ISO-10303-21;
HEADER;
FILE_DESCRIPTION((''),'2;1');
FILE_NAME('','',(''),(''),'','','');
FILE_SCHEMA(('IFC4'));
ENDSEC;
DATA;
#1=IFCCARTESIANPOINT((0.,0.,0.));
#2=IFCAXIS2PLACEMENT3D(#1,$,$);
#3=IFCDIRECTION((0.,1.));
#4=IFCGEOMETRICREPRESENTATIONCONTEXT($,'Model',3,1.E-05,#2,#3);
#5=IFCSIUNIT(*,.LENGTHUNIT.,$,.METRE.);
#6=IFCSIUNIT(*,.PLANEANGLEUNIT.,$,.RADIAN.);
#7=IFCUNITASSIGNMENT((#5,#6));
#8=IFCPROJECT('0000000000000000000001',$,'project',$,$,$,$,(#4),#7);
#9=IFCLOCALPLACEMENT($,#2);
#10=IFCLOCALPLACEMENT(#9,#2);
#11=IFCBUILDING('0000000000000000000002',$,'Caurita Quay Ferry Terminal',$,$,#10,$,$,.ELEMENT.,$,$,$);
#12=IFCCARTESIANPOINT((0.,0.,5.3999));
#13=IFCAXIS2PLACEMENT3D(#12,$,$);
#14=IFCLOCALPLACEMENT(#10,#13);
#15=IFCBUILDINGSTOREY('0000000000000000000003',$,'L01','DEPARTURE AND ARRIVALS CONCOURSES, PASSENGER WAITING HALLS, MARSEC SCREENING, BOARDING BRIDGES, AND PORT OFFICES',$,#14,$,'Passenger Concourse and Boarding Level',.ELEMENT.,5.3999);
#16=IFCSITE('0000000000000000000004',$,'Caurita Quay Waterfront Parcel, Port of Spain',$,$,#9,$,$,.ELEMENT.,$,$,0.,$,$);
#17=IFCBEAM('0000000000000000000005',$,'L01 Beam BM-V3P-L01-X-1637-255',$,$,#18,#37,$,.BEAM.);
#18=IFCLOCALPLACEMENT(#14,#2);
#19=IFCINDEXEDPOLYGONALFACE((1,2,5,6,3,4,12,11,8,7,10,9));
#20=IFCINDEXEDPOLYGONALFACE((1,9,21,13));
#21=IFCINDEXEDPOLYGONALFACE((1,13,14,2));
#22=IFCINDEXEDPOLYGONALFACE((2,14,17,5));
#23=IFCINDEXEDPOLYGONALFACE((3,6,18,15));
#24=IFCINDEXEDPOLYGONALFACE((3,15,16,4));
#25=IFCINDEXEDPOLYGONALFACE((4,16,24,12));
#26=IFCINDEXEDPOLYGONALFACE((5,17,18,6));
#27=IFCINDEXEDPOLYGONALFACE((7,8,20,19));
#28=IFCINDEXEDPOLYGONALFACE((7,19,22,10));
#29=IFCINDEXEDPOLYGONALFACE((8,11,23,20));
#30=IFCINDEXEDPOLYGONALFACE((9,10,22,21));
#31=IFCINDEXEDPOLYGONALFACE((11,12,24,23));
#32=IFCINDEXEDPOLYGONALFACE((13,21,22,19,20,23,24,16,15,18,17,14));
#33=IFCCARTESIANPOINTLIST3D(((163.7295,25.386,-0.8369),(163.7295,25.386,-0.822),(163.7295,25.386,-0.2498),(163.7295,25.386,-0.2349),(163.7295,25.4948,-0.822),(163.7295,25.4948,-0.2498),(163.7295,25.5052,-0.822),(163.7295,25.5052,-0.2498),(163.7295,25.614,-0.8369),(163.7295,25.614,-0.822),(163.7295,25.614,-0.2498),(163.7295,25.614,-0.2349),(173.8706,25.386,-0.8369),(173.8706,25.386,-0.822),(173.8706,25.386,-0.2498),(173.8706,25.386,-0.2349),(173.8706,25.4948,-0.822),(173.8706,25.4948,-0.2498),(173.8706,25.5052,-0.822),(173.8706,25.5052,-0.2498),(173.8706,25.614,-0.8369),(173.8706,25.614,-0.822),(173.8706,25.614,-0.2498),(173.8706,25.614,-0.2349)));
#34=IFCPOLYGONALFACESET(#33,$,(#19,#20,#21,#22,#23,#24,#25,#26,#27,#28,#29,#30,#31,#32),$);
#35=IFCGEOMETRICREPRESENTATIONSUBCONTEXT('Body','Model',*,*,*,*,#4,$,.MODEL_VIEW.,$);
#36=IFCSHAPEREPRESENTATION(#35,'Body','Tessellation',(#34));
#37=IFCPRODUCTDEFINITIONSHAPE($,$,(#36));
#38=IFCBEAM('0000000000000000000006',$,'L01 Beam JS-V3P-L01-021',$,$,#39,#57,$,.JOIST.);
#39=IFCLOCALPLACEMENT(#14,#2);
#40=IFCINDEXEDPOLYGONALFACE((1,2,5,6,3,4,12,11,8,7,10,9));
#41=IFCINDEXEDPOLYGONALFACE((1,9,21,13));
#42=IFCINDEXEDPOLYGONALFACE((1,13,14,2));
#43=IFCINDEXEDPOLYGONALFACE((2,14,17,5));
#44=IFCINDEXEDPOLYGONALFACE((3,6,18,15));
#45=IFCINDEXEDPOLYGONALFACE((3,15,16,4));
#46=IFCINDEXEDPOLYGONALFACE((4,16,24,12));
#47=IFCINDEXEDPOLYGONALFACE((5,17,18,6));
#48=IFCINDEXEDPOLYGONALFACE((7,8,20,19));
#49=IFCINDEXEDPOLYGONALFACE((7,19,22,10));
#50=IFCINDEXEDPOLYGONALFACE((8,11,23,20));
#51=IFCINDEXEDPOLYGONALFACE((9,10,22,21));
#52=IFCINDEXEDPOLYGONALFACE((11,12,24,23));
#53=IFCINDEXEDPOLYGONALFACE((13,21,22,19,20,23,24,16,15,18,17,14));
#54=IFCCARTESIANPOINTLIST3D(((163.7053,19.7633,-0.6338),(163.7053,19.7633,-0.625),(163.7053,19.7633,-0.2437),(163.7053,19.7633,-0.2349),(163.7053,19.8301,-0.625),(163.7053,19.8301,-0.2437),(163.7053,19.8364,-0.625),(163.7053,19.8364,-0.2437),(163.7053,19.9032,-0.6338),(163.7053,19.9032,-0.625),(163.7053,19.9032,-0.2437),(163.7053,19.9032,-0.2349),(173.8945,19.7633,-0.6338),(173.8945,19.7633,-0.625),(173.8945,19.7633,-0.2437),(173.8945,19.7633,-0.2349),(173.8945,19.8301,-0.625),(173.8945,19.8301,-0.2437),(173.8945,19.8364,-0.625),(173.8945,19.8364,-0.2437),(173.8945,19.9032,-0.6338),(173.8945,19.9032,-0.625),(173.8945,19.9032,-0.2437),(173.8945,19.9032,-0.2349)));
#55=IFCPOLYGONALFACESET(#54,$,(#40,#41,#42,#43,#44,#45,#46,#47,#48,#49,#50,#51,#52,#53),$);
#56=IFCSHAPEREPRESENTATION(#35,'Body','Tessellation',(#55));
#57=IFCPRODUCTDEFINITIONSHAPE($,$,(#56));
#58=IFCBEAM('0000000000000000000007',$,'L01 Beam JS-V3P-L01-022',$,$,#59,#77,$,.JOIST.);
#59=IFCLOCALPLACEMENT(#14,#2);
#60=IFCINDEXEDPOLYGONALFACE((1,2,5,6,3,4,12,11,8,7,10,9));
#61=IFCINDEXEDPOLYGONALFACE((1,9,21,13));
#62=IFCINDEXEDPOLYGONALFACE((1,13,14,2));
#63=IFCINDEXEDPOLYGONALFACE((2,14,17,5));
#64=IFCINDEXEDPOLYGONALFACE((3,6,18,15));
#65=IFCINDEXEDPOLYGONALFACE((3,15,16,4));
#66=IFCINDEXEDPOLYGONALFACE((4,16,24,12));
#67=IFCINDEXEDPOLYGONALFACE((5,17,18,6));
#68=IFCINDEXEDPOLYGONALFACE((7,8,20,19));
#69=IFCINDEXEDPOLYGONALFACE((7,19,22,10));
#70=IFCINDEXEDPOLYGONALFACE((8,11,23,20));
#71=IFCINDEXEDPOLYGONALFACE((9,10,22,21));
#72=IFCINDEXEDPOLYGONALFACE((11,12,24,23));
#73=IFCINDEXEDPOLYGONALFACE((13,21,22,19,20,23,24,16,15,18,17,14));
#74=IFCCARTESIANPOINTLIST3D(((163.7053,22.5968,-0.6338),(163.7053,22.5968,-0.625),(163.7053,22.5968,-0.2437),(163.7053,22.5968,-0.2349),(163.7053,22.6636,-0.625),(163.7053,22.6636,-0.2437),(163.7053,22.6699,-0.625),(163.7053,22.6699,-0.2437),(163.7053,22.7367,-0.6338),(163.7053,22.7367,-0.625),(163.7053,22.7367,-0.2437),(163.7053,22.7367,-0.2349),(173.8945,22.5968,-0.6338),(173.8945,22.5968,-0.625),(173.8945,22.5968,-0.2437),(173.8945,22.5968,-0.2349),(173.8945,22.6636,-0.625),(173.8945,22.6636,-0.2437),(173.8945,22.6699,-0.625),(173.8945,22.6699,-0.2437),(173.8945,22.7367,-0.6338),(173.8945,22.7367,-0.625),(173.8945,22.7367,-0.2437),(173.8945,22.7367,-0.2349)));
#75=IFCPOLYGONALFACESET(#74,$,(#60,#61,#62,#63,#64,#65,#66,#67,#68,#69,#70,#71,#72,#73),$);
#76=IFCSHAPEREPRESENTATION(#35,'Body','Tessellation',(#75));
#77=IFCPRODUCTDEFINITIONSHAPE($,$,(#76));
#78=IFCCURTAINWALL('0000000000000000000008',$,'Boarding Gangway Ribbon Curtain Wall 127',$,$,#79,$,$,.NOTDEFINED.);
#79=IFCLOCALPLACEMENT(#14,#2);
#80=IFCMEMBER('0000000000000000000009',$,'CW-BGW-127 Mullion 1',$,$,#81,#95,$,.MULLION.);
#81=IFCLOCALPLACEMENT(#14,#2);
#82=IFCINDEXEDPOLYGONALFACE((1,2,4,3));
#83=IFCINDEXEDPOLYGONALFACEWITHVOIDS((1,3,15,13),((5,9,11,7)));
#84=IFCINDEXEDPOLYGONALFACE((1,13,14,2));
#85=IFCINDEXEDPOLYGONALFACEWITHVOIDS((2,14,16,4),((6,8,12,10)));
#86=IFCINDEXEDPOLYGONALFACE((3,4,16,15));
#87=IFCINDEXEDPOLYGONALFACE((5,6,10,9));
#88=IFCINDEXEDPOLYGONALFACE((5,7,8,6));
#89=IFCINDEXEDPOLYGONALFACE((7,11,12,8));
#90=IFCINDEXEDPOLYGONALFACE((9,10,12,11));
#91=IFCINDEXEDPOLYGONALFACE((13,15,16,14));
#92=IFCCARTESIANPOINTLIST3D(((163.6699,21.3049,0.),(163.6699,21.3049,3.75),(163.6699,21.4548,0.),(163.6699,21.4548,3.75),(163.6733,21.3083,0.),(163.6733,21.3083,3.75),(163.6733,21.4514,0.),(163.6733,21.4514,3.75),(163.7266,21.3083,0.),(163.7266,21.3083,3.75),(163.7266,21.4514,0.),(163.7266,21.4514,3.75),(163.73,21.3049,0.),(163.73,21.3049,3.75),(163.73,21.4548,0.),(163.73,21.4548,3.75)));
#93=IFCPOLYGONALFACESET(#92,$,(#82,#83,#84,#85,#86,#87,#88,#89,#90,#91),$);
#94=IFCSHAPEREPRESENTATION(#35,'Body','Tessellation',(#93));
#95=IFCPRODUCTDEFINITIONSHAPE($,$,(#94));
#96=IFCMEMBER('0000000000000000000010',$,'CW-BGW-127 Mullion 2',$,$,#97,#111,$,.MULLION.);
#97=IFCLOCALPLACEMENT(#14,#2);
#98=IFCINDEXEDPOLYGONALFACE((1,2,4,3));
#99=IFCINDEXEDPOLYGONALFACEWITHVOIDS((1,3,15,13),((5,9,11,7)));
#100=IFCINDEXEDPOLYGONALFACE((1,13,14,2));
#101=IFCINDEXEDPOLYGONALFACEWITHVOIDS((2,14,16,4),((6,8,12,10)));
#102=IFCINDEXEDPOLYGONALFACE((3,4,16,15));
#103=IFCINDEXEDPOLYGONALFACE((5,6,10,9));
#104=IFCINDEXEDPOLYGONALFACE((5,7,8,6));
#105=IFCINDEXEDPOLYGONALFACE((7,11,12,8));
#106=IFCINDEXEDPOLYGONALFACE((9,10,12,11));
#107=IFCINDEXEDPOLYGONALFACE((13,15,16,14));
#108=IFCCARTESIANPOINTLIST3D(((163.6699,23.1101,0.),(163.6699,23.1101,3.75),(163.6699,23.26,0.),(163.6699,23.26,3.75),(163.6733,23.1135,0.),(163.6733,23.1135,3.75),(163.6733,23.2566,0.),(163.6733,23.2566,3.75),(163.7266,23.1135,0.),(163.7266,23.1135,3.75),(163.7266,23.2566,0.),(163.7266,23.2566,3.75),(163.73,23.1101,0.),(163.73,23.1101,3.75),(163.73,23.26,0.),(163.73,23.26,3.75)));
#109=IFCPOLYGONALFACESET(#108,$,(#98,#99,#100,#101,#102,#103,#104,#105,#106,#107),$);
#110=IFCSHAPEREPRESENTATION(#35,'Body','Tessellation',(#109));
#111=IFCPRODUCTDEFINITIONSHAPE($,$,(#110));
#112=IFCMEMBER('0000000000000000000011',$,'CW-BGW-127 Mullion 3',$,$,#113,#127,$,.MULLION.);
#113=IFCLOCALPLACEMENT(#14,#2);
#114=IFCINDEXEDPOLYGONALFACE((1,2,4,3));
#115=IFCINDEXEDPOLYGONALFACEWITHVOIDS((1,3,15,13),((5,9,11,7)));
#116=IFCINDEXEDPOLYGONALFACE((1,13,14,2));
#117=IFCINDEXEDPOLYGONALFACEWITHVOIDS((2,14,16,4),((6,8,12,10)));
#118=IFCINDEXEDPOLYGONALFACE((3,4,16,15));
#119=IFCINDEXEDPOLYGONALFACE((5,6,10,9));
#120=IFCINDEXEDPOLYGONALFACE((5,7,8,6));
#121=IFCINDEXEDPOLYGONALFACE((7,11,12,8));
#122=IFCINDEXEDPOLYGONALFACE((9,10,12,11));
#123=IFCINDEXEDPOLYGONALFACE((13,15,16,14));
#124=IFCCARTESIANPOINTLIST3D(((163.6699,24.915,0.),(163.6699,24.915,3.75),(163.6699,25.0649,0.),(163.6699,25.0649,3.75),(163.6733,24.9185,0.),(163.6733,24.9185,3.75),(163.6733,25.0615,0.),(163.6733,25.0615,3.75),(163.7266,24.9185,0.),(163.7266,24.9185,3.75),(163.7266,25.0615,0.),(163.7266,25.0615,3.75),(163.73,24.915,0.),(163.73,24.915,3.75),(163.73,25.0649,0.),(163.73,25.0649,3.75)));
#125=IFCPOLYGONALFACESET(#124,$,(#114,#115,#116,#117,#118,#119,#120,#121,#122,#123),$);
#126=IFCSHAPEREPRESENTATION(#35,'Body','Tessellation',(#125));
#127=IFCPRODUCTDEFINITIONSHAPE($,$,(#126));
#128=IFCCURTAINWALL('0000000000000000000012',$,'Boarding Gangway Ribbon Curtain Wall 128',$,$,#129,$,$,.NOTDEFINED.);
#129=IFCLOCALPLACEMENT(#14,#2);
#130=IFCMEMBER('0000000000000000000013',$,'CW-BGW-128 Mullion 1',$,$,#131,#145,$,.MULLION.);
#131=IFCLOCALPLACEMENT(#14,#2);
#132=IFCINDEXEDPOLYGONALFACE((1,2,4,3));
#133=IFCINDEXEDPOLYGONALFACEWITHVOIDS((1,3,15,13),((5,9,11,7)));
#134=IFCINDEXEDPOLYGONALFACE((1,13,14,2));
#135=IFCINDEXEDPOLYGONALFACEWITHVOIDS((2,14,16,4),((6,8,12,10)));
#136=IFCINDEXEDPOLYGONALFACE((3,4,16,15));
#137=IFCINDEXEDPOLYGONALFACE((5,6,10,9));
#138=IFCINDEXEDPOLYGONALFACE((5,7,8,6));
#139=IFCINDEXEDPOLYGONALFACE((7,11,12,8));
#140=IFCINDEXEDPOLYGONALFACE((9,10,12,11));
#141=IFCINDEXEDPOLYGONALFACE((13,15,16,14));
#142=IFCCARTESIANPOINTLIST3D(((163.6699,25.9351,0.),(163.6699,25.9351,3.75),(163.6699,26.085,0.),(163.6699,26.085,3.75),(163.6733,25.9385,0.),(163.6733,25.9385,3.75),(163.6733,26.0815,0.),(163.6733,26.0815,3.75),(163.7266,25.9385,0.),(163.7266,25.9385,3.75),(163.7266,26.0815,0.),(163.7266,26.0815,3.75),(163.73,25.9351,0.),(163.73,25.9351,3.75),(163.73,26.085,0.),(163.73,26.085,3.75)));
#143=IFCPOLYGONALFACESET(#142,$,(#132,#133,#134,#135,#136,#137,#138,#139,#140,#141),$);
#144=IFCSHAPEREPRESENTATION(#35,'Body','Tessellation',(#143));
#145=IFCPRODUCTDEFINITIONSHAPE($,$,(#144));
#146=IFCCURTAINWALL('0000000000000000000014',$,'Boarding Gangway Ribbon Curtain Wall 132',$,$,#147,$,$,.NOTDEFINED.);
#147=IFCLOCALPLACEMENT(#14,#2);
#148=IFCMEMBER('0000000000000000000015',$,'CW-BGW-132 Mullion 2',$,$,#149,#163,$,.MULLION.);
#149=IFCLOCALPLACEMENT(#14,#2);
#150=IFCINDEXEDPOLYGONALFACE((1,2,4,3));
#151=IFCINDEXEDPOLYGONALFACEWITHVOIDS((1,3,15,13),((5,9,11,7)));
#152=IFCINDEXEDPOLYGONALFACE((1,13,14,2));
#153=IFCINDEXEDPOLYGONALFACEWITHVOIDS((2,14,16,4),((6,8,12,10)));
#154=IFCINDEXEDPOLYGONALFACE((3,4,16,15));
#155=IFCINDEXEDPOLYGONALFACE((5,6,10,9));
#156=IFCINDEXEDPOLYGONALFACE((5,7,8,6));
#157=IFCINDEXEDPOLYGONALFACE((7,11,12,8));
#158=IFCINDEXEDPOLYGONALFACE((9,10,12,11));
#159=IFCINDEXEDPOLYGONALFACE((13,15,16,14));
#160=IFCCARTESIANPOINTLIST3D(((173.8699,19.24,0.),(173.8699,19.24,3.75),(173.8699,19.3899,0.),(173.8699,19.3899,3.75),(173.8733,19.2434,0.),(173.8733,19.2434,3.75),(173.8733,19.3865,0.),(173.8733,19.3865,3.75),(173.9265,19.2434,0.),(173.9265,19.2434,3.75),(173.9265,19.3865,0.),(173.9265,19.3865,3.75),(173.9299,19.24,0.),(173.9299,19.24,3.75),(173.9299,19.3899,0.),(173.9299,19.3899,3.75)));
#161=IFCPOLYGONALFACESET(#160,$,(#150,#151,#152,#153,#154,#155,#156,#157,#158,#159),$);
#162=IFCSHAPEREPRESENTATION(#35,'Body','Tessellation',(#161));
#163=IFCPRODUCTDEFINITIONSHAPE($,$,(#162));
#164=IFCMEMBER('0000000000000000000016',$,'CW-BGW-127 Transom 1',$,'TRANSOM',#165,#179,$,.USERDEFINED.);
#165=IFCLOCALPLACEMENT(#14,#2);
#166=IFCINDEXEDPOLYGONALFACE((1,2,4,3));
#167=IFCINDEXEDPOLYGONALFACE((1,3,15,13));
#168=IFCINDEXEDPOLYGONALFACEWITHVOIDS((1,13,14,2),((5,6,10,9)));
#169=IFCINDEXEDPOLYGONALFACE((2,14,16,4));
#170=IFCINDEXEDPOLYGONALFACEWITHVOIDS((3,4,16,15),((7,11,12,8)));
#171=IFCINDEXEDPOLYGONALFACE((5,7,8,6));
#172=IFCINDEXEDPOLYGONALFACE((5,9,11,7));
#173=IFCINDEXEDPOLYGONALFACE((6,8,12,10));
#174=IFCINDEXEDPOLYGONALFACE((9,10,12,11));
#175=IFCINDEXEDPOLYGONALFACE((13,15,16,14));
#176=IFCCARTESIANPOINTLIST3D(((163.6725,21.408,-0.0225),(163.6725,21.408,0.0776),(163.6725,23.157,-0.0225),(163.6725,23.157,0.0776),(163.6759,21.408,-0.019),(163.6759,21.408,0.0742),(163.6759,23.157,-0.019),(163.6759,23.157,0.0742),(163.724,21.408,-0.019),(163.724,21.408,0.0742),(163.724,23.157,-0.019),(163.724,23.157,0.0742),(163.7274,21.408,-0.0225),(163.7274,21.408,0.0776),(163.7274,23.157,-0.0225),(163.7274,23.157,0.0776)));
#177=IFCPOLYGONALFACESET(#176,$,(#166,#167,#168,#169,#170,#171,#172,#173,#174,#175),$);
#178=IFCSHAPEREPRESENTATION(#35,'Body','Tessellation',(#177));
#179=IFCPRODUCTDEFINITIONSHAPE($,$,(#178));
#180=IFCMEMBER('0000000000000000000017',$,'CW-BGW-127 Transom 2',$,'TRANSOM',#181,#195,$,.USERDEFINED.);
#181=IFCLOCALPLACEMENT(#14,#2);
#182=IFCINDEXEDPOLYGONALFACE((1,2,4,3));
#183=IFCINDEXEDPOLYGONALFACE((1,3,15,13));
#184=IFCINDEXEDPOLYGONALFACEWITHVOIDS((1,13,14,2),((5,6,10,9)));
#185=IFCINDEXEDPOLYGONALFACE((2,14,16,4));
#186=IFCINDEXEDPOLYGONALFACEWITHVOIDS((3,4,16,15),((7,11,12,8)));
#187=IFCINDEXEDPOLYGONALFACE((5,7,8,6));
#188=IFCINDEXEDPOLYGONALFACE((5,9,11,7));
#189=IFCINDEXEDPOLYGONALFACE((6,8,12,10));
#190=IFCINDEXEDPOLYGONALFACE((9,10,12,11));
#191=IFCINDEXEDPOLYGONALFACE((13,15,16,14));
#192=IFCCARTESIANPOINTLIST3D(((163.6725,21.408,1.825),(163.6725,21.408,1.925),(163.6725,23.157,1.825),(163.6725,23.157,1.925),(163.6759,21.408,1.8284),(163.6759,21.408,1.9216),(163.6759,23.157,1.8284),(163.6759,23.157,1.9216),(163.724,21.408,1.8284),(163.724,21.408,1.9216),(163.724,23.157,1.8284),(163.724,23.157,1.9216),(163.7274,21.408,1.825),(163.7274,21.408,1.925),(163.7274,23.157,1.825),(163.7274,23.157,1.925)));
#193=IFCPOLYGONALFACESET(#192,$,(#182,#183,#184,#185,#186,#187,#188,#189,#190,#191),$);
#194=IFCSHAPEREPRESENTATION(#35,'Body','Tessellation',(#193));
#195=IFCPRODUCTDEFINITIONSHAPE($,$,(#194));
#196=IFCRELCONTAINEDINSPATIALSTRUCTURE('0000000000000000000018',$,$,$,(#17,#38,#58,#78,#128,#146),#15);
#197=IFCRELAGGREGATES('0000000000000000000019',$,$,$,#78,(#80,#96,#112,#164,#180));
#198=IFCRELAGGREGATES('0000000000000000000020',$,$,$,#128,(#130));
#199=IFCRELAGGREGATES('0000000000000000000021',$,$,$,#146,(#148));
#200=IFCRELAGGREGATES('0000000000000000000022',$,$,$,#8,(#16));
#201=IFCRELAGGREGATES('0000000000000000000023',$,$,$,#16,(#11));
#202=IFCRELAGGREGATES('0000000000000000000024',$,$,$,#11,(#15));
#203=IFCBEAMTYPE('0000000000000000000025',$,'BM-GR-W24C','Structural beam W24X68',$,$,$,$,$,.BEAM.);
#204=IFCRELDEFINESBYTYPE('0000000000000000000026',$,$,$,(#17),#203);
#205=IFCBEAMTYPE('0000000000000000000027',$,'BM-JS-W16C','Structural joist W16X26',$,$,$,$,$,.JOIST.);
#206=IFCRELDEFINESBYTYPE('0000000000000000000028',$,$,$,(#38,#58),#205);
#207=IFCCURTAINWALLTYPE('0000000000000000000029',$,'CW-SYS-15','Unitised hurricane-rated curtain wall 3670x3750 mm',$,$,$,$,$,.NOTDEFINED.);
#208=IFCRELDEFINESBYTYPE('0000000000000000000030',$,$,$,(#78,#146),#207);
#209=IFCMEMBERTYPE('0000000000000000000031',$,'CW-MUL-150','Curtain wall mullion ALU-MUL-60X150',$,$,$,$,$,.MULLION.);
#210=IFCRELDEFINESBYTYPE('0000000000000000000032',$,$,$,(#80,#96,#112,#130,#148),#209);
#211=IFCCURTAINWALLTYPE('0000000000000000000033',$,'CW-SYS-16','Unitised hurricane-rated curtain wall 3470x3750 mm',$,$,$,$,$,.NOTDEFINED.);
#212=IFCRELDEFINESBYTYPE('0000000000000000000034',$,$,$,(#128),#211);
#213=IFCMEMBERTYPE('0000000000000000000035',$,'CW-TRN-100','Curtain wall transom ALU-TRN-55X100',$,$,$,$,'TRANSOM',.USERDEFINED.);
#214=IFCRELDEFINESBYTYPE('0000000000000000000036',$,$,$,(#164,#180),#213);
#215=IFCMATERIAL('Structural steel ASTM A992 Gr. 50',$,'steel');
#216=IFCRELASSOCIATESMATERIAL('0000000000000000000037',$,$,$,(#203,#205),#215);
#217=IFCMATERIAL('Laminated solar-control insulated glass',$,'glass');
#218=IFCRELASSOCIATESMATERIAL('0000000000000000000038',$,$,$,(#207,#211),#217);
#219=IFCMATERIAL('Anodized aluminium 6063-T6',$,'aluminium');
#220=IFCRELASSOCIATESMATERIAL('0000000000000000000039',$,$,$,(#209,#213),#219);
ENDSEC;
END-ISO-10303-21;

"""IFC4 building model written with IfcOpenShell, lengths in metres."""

from ifc_helpers import new_model, si_unit, direction, frame, origin, origin_2d, place, context, subcontext, project, spatial, hollow_rectangle, i_section, extrude, material, material_profile, profile_set, type_object, element, aggregate, save


model = new_model("IFC4")

# Units and contexts
model_context = context("Model", 3, precision=1e-05, world=origin(), true_north=direction((0.0, 1.0)))
body_context = subcontext(model_context, "Body", "Model", "MODEL_VIEW")
ifc_project = project(units=[si_unit("LENGTHUNIT", "METRE"), si_unit("PLANEANGLEUNIT", "RADIAN")], contexts=[model_context])

# Site, building, storey
site_placement = place(None, origin())
site = spatial("IfcSite", under=ifc_project, at=site_placement, Name="Caurita Quay Waterfront Parcel, Port of Spain", CompositionType="ELEMENT", RefElevation=0.0)
building_placement = place(site_placement, origin())
building = spatial("IfcBuilding", under=site, at=building_placement, Name="Caurita Quay Ferry Terminal", CompositionType="ELEMENT")
storey_placement = place(building_placement, frame((0.0, 0.0, 5.3999)))
storey = spatial("IfcBuildingStorey", under=building, at=storey_placement, Name="L01", Description="DEPARTURE AND ARRIVALS CONCOURSES, PASSENGER WAITING HALLS, MARSEC SCREENING, BOARDING BRIDGES, AND PORT OFFICES", LongName="Passenger Concourse and Boarding Level", CompositionType="ELEMENT", Elevation=5.3999)

# Beams
ifc_material_1 = material(Name="Structural steel ASTM A992 Gr. 50", Category="steel")
ifc_material_profile_1 = material_profile(ifc_material_1, i_section(OverallWidth=0.228, OverallDepth=0.6021, WebThickness=0.0105, FlangeThickness=0.0149, at=origin_2d()), Name="W24X68")
ifc_profile_set_1 = profile_set([ifc_material_profile_1], Name="Structural steel ASTM A992 Gr. 50")
beam_type_1 = type_object("IfcBeamType", Name="BM-GR-W24C", Description="Structural beam W24X68", PredefinedType="BEAM", material=ifc_profile_set_1)
beam_placement = place(storey_placement, frame((163.7295, 25.5, -0.5359), z_axis=(1.0, 0.0, 0.0), x_axis=(0.0, 1.0, 0.0)))
element("IfcBeam", 1, at=beam_placement, inside=storey, type_object=beam_type_1, Name="L01 Beam BM-V3P-L01-X-1637-255", PredefinedType="BEAM", context=body_context, shape_type="SweptSolid", body=[
    extrude(i_section(OverallWidth=0.228, OverallDepth=0.6021, WebThickness=0.0105, FlangeThickness=0.0149, at=origin_2d()), origin(), (0.0, 0.0, 1.0), 10.1411),
])
ifc_material_profile_2 = material_profile(ifc_material_1, i_section(OverallWidth=0.1399, OverallDepth=0.3989, WebThickness=0.0063, FlangeThickness=0.0088, at=origin_2d()), Name="W16X26")
ifc_profile_set_2 = profile_set([ifc_material_profile_2], Name="Structural steel ASTM A992 Gr. 50")
beam_type_2 = type_object("IfcBeamType", Name="BM-JS-W16C", Description="Structural joist W16X26", PredefinedType="JOIST", material=ifc_profile_set_2)
for number, where, z_axis, x_axis, name in (
    (2, (163.7053, 19.8333, -0.4343), (1.0, 0.0, 0.0), (0.0, 1.0, 0.0), "L01 Beam JS-V3P-L01-021"),
    (3, (163.7053, 22.6667, -0.4343), (1.0, 0.0, 0.0), (0.0, 1.0, 0.0), "L01 Beam JS-V3P-L01-022"),
):
    element("IfcBeam", number, at=place(storey_placement, frame(where, z_axis=z_axis, x_axis=x_axis)), inside=storey, type_object=beam_type_2, Name=name, PredefinedType="JOIST", context=body_context, shape_type="SweptSolid", body=[
        extrude(i_section(OverallWidth=0.1399, OverallDepth=0.3989, WebThickness=0.0063, FlangeThickness=0.0088, at=origin_2d()), origin(), (0.0, 0.0, 1.0), 10.1892),
    ])

# Curtain wall, members
ifc_material_2 = material(Name="Laminated solar-control insulated glass", Category="glass")
curtain_wall_type_1 = type_object("IfcCurtainWallType", Name="CW-SYS-15", Description="Unitised hurricane-rated curtain wall 3670x3750 mm", PredefinedType="NOTDEFINED", material=ifc_material_2)
curtain_wall_1_placement = place(storey_placement, origin())
curtain_wall_1 = element("IfcCurtainWall", 4, at=curtain_wall_1_placement, inside=storey, type_object=curtain_wall_type_1, Name="Boarding Gangway Ribbon Curtain Wall 127", PredefinedType="NOTDEFINED")
ifc_material_3 = material(Name="Anodized aluminium 6063-T6", Category="aluminium")
ifc_material_profile_3 = material_profile(ifc_material_3, hollow_rectangle(XDim=0.0601, YDim=0.1499, WallThickness=0.0034, at=origin_2d()), Name="ALU-MUL-60X150")
ifc_profile_set_3 = profile_set([ifc_material_profile_3], Name="Anodized aluminium 6063-T6")
member_type_1 = type_object("IfcMemberType", Name="CW-MUL-150", Description="Curtain wall mullion ALU-MUL-60X150", PredefinedType="MULLION", material=ifc_profile_set_3)
member_1_placement = place(storey_placement, frame((163.7, 21.3799, 0.0), z_axis=(0.0, 0.0, 1.0), x_axis=(-1.0, 0.0, 0.0)))
member_1 = element("IfcMember", 5, at=member_1_placement, type_object=member_type_1, Name="CW-BGW-127 Mullion 1", PredefinedType="MULLION", context=body_context, shape_type="SweptSolid", body=[
    extrude(hollow_rectangle(XDim=0.0601, YDim=0.1499, WallThickness=0.0034, at=origin_2d()), origin(), (0.0, 0.0, 1.0), 3.75),
])
member_2_placement = place(storey_placement, frame((163.7, 23.1851, 0.0), z_axis=(0.0, 0.0, 1.0), x_axis=(-1.0, 0.0, 0.0)))
member_2 = element("IfcMember", 6, at=member_2_placement, type_object=member_type_1, Name="CW-BGW-127 Mullion 2", PredefinedType="MULLION", context=body_context, shape_type="SweptSolid", body=[
    extrude(hollow_rectangle(XDim=0.0601, YDim=0.1499, WallThickness=0.0034, at=origin_2d()), origin(), (0.0, 0.0, 1.0), 3.75),
])
member_3_placement = place(storey_placement, frame((163.7, 24.99, 0.0), z_axis=(0.0, 0.0, 1.0), x_axis=(-1.0, 0.0, 0.0)))
member_3 = element("IfcMember", 7, at=member_3_placement, type_object=member_type_1, Name="CW-BGW-127 Mullion 3", PredefinedType="MULLION", context=body_context, shape_type="SweptSolid", body=[
    extrude(hollow_rectangle(XDim=0.0601, YDim=0.1499, WallThickness=0.0034, at=origin_2d()), origin(), (0.0, 0.0, 1.0), 3.75),
])

# Curtain walls, members
curtain_wall_type_2 = type_object("IfcCurtainWallType", Name="CW-SYS-16", Description="Unitised hurricane-rated curtain wall 3470x3750 mm", PredefinedType="NOTDEFINED", material=ifc_material_2)
curtain_wall_2_placement = place(storey_placement, origin())
curtain_wall_2 = element("IfcCurtainWall", 8, at=curtain_wall_2_placement, inside=storey, type_object=curtain_wall_type_2, Name="Boarding Gangway Ribbon Curtain Wall 128", PredefinedType="NOTDEFINED")
member_4_placement = place(storey_placement, frame((163.7, 26.01, 0.0), z_axis=(0.0, 0.0, 1.0), x_axis=(-1.0, 0.0, 0.0)))
member_4 = element("IfcMember", 9, at=member_4_placement, type_object=member_type_1, Name="CW-BGW-128 Mullion 1", PredefinedType="MULLION", context=body_context, shape_type="SweptSolid", body=[
    extrude(hollow_rectangle(XDim=0.0601, YDim=0.1499, WallThickness=0.0034, at=origin_2d()), origin(), (0.0, 0.0, 1.0), 3.75),
])
curtain_wall_3_placement = place(storey_placement, origin())
curtain_wall_3 = element("IfcCurtainWall", 10, at=curtain_wall_3_placement, inside=storey, type_object=curtain_wall_type_1, Name="Boarding Gangway Ribbon Curtain Wall 132", PredefinedType="NOTDEFINED")
member_5_placement = place(storey_placement, frame((173.8999, 19.3149, 0.0), z_axis=(0.0, 0.0, 1.0), x_axis=(-1.0, 0.0, 0.0)))
member_5 = element("IfcMember", 11, at=member_5_placement, type_object=member_type_1, Name="CW-BGW-132 Mullion 2", PredefinedType="MULLION", context=body_context, shape_type="SweptSolid", body=[
    extrude(hollow_rectangle(XDim=0.0601, YDim=0.1499, WallThickness=0.0034, at=origin_2d()), origin(), (0.0, 0.0, 1.0), 3.75),
])

# Members
ifc_material_profile_4 = material_profile(ifc_material_3, hollow_rectangle(XDim=0.0549, YDim=0.1001, WallThickness=0.0034, at=origin_2d()), Name="ALU-TRN-55X100")
ifc_profile_set_4 = profile_set([ifc_material_profile_4], Name="Anodized aluminium 6063-T6")
member_type_2 = type_object("IfcMemberType", Name="CW-TRN-100", Description="Curtain wall transom ALU-TRN-55X100", ElementType="TRANSOM", PredefinedType="USERDEFINED", material=ifc_profile_set_4)
member_6_placement = place(storey_placement, frame((163.7, 21.408, 0.0276), z_axis=(0.0, 1.0, 0.0), x_axis=(-1.0, 0.0, 0.0)))
member_6 = element("IfcMember", 12, at=member_6_placement, type_object=member_type_2, Name="CW-BGW-127 Transom 1", ObjectType="TRANSOM", PredefinedType="USERDEFINED", context=body_context, shape_type="SweptSolid", body=[
    extrude(hollow_rectangle(XDim=0.0549, YDim=0.1001, WallThickness=0.0034, at=origin_2d()), origin(), (0.0, 0.0, 1.0), 1.749),
])
member_7_placement = place(storey_placement, frame((163.7, 21.408, 1.875), z_axis=(0.0, 1.0, 0.0), x_axis=(-1.0, 0.0, 0.0)))
member_7 = element("IfcMember", 13, at=member_7_placement, type_object=member_type_2, Name="CW-BGW-127 Transom 2", ObjectType="TRANSOM", PredefinedType="USERDEFINED", context=body_context, shape_type="SweptSolid", body=[
    extrude(hollow_rectangle(XDim=0.0549, YDim=0.1001, WallThickness=0.0034, at=origin_2d()), origin(), (0.0, 0.0, 1.0), 1.749),
])

aggregate(curtain_wall_1, [member_1, member_2, member_3, member_6, member_7])
aggregate(curtain_wall_2, [member_4])
aggregate(curtain_wall_3, [member_5])

save(model, "model.ifc")
